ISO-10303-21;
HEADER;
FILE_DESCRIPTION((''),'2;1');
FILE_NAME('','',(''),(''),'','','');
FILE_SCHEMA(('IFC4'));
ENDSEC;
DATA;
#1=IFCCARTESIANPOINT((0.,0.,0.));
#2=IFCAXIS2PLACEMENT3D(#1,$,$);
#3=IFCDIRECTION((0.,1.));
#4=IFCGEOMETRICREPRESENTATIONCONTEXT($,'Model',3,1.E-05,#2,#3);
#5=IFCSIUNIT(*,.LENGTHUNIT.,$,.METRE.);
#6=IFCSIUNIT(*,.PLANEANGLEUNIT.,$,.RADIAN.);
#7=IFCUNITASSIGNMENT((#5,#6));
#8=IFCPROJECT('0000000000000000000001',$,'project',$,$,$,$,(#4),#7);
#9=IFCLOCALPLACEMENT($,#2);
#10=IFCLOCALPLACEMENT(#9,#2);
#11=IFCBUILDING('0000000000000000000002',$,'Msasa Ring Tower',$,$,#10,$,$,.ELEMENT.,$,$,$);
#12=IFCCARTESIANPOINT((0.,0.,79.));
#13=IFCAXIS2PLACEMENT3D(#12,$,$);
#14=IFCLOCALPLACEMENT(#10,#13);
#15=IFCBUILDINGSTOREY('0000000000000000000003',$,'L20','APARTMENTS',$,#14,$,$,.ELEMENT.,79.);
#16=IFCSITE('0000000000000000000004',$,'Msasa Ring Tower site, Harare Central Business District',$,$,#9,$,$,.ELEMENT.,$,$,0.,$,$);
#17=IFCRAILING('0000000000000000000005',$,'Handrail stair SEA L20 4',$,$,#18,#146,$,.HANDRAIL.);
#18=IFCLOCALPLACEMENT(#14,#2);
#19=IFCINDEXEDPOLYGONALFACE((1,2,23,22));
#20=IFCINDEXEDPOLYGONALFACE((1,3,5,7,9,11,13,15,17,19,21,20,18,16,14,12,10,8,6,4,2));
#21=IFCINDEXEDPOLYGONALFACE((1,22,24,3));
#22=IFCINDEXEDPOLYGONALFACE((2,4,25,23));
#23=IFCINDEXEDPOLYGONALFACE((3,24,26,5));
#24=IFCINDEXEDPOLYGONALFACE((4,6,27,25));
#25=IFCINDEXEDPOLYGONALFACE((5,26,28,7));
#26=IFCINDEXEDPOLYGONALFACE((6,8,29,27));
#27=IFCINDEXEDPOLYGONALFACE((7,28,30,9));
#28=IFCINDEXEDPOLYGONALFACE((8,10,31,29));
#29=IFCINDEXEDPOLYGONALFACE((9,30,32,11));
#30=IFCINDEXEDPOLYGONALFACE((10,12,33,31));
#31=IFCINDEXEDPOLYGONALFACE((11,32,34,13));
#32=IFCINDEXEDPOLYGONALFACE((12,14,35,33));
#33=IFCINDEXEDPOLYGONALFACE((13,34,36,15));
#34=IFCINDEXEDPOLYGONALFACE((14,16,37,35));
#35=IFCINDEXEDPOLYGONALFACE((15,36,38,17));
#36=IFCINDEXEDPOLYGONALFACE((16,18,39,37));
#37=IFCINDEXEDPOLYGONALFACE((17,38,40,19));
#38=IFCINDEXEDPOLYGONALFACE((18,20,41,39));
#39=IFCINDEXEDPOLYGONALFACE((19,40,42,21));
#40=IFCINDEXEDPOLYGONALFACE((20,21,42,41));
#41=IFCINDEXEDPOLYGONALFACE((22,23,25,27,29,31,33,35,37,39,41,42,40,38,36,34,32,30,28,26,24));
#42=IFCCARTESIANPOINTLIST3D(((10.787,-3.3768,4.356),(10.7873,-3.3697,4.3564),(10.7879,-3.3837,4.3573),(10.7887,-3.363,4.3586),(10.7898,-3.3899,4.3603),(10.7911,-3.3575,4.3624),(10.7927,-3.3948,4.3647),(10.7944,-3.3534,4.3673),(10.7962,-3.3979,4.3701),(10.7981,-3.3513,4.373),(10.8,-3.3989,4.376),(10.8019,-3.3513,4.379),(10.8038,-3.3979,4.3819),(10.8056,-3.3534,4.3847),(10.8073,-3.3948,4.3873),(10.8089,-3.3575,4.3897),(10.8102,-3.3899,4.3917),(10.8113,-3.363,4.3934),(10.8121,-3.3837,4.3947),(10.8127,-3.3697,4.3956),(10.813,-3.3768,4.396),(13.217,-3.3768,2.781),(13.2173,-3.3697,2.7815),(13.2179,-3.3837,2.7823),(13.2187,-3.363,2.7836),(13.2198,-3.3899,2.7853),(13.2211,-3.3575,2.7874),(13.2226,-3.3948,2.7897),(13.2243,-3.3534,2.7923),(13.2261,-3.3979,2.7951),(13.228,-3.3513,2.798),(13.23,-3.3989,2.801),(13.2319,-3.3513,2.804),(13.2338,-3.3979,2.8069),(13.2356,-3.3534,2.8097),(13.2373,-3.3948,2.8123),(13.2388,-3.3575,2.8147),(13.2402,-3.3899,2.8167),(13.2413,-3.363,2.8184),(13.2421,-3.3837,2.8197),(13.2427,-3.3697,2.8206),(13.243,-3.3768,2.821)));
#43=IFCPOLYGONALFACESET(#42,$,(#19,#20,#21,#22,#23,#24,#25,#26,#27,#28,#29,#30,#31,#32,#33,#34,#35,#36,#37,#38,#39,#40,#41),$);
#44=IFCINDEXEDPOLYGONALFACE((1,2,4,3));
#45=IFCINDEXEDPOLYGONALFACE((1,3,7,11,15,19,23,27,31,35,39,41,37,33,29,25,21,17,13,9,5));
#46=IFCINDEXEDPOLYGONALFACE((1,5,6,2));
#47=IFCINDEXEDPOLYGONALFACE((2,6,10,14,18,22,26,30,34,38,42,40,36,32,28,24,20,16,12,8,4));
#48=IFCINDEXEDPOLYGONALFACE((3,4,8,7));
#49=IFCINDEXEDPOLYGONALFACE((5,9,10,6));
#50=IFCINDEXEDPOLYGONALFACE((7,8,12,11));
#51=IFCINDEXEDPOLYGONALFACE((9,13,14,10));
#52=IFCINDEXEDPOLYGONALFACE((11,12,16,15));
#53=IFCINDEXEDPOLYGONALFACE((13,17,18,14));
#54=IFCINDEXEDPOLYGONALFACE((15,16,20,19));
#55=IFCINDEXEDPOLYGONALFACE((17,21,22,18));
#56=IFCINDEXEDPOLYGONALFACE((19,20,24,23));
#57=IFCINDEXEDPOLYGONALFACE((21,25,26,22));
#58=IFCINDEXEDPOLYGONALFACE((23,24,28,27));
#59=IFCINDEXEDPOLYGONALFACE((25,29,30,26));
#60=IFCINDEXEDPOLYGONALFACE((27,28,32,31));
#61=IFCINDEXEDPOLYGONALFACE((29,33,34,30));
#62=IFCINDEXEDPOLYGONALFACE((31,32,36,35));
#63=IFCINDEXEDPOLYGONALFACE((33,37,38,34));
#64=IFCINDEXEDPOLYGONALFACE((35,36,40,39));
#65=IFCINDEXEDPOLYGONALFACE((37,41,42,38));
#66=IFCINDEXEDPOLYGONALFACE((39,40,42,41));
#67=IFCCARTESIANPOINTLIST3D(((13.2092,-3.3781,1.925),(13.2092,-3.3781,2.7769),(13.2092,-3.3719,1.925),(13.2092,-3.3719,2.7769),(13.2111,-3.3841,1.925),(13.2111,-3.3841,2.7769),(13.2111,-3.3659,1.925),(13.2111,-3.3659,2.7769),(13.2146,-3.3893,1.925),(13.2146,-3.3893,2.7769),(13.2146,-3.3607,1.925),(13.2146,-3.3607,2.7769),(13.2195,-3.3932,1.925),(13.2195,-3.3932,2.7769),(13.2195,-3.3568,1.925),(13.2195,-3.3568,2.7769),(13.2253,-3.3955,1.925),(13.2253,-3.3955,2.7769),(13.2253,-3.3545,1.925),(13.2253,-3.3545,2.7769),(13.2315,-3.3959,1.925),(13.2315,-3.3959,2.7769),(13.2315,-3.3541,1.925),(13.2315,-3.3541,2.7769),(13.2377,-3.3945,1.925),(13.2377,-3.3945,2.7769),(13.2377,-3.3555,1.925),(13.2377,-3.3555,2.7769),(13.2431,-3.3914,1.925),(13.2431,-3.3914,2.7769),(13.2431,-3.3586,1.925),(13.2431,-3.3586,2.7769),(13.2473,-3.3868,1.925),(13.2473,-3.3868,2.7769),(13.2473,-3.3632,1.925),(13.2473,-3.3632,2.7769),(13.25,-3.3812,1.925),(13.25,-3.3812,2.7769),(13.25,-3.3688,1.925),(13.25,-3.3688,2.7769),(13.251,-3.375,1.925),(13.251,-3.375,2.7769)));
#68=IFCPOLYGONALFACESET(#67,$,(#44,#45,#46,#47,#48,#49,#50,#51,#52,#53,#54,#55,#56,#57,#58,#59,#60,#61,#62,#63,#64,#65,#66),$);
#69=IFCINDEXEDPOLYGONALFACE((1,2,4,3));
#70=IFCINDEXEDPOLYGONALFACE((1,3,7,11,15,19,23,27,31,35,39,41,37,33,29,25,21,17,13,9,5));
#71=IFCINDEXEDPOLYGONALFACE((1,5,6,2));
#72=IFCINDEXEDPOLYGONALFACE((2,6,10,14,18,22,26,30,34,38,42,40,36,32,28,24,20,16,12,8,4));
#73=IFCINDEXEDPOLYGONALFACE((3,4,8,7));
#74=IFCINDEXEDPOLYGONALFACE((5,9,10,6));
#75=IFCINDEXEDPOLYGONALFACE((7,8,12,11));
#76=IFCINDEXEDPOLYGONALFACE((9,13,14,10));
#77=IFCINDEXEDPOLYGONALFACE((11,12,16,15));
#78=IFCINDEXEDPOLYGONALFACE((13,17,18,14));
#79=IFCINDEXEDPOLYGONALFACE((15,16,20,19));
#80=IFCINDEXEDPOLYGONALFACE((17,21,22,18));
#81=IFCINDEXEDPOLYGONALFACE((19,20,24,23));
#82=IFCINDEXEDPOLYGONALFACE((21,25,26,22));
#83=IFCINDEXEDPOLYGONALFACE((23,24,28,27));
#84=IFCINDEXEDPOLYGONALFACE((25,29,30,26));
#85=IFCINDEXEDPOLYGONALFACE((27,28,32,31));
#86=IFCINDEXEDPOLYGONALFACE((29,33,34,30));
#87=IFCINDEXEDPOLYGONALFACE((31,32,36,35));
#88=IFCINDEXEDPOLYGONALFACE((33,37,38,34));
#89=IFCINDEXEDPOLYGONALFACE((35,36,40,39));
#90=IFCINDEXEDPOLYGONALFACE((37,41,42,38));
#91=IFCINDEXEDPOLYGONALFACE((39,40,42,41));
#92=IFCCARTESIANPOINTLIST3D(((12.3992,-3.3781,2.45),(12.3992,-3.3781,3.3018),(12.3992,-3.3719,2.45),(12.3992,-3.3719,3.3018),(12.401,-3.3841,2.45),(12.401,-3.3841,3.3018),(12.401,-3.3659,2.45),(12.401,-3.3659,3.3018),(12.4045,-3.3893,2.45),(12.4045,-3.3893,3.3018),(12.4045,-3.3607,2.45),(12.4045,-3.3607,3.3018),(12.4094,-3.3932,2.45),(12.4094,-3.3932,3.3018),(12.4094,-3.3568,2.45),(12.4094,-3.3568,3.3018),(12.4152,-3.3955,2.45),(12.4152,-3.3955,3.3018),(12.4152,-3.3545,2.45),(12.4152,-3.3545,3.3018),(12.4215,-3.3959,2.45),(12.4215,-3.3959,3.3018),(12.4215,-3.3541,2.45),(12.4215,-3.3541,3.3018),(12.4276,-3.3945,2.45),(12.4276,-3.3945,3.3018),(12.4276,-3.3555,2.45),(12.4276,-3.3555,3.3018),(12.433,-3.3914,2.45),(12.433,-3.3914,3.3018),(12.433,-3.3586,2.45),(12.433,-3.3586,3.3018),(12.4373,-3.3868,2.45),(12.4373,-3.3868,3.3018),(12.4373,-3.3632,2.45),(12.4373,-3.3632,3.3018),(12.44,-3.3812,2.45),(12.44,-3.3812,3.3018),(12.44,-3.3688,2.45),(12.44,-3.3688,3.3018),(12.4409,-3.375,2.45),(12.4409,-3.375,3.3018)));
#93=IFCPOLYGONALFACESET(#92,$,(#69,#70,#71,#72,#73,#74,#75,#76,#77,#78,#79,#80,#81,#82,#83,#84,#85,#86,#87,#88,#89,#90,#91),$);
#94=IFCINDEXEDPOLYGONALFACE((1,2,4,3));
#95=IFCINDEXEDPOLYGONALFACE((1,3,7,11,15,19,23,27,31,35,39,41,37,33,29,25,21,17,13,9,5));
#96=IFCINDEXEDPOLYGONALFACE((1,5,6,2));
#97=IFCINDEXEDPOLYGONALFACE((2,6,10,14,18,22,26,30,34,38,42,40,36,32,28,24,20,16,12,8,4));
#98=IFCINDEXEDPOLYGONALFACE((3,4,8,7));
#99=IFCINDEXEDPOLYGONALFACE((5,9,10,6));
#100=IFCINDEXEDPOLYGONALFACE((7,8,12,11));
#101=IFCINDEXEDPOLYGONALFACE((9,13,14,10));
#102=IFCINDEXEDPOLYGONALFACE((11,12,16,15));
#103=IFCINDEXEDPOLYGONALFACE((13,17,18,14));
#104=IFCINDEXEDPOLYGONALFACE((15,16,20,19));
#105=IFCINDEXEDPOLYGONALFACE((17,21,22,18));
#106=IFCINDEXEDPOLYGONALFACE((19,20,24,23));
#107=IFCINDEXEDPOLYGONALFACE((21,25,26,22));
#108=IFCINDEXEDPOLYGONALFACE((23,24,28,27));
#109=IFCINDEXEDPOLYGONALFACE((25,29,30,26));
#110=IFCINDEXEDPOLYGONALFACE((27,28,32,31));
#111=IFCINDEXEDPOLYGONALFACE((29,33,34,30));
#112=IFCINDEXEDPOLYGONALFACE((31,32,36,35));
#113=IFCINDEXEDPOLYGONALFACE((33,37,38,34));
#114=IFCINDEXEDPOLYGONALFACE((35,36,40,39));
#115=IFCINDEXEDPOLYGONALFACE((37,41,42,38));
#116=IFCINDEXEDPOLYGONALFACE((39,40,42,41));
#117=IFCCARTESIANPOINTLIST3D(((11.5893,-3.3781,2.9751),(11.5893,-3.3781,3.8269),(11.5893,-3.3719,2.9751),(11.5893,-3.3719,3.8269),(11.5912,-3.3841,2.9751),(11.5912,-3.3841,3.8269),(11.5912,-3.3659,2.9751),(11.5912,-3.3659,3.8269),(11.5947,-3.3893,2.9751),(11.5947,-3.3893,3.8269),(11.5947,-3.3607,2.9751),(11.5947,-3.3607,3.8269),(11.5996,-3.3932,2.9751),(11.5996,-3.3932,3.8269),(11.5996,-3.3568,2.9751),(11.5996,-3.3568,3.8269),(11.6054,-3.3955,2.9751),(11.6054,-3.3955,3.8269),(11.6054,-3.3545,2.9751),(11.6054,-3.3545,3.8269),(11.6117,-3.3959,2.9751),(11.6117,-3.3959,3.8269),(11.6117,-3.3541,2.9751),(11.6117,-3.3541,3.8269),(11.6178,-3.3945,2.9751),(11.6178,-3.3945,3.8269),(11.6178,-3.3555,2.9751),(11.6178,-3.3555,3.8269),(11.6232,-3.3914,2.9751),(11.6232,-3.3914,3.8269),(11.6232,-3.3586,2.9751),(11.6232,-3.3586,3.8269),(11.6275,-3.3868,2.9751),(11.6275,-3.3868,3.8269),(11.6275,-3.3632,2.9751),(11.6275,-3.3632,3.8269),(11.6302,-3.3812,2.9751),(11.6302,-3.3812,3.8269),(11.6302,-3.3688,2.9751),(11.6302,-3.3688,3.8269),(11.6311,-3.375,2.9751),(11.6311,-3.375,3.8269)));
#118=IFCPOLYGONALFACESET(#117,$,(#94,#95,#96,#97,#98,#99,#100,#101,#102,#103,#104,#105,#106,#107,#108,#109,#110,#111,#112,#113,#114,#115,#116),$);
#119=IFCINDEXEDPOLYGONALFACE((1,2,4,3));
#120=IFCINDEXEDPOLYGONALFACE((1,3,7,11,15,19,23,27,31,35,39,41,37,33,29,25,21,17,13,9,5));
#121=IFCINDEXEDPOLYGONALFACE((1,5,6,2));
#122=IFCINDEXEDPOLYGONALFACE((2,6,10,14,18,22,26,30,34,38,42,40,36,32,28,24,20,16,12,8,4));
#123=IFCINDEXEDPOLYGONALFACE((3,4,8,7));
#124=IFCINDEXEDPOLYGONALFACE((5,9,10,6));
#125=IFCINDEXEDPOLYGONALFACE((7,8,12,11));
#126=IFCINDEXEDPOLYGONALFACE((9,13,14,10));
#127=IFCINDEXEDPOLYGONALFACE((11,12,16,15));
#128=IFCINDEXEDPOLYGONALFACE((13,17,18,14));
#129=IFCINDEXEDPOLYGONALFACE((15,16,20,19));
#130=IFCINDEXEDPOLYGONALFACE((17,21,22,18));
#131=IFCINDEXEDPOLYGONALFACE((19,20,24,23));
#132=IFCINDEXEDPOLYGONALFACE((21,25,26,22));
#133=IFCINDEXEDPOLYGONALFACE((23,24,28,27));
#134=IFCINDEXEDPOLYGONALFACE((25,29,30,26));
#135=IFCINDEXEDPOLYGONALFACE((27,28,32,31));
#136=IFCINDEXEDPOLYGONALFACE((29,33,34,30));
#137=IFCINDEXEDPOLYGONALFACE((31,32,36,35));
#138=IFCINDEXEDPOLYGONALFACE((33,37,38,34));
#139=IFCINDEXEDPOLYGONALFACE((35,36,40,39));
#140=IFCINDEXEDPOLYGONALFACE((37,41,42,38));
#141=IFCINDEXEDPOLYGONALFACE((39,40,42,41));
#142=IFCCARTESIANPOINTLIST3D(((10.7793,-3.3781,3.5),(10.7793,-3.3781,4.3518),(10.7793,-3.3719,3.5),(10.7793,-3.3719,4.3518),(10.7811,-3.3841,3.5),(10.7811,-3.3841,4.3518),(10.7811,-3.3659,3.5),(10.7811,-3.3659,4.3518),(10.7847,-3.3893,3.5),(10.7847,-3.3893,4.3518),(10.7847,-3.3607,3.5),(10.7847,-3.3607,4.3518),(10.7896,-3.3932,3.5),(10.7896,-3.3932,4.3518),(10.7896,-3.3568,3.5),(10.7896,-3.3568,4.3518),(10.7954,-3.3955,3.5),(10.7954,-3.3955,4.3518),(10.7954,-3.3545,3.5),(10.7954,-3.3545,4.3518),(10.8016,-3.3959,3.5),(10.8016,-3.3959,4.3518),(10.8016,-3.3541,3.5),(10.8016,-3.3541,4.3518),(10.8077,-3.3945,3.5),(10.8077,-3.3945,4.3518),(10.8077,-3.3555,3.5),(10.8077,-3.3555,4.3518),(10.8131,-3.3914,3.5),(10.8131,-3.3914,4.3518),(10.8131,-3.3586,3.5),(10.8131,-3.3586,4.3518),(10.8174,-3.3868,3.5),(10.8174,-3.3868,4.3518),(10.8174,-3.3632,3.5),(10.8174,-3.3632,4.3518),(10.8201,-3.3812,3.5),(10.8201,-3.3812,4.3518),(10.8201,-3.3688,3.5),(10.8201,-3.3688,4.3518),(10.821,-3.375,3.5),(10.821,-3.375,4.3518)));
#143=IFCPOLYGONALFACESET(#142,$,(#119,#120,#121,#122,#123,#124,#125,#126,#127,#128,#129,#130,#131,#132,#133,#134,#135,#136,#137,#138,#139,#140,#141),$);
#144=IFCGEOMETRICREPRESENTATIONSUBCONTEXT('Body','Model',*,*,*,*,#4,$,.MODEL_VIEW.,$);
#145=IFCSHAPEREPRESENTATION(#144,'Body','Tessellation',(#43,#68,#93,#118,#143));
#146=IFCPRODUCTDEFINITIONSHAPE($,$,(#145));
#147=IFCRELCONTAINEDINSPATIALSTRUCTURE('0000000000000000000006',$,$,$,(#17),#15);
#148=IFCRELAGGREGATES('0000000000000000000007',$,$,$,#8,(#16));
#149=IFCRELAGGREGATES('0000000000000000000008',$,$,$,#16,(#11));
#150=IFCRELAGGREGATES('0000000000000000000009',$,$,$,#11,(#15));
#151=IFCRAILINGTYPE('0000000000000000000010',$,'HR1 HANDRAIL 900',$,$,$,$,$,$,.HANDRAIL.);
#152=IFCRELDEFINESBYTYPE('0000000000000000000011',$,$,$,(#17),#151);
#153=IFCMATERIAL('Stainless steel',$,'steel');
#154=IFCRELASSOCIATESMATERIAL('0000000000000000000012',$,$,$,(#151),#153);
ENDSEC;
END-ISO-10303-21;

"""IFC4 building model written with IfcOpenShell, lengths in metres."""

from ifc_helpers import new_model, si_unit, direction, frame, origin, origin_2d, place, context, subcontext, project, spatial, circle, extrude, material, type_object, element, save


model = new_model("IFC4")

# Units and contexts
model_context = context("Model", 3, precision=1e-05, world=origin(), true_north=direction((0.0, 1.0)))
body_context = subcontext(model_context, "Body", "Model", "MODEL_VIEW")
ifc_project = project(units=[si_unit("LENGTHUNIT", "METRE"), si_unit("PLANEANGLEUNIT", "RADIAN")], contexts=[model_context])

# Site, building, storey
site_placement = place(None, origin())
site = spatial("IfcSite", under=ifc_project, at=site_placement, Name="Msasa Ring Tower site, Harare Central Business District", CompositionType="ELEMENT", RefElevation=0.0)
building_placement = place(site_placement, origin())
building = spatial("IfcBuilding", under=site, at=building_placement, Name="Msasa Ring Tower", CompositionType="ELEMENT")
storey_placement = place(building_placement, frame((0.0, 0.0, 79.0)))
storey = spatial("IfcBuildingStorey", under=building, at=storey_placement, Name="L20", Description="APARTMENTS", CompositionType="ELEMENT", Elevation=79.0)

# Railing
ifc_material_1 = material(Name="Stainless steel", Category="steel")
railing_type = type_object("IfcRailingType", Name="HR1 HANDRAIL 900", PredefinedType="HANDRAIL", material=ifc_material_1)
for number, where, name in (
    (1, (13.23, -3.375, 1.925), "Handrail stair SEA L20 4"),
):
    element("IfcRailing", number, at=place(storey_placement, frame(where)), inside=storey, type_object=railing_type, Name=name, PredefinedType="HANDRAIL", context=body_context, shape_type="SweptSolid", body=[
        extrude(circle(Radius=0.0239, at=origin_2d()), frame((0.0, 0.0, 0.876), z_axis=(-0.839154, 0.0, 0.543894), x_axis=(0.0, -1.0, 0.0)), (0.0, 0.0, 1.0), 2.8958),
        extrude(circle(Radius=0.021, at=origin_2d()), origin(), (0.0, 0.0, 1.0), 0.8518),
        extrude(circle(Radius=0.021, at=origin_2d()), frame((-0.8101, 0.0, 0.5249)), (0.0, 0.0, 1.0), 0.8518),
        extrude(circle(Radius=0.021, at=origin_2d()), frame((-1.6199, 0.0, 1.05)), (0.0, 0.0, 1.0), 0.8518),
        extrude(circle(Radius=0.021, at=origin_2d()), frame((-2.4299, 0.0, 1.575)), (0.0, 0.0, 1.0), 0.8518),
    ])

save(model, "model.ifc")
